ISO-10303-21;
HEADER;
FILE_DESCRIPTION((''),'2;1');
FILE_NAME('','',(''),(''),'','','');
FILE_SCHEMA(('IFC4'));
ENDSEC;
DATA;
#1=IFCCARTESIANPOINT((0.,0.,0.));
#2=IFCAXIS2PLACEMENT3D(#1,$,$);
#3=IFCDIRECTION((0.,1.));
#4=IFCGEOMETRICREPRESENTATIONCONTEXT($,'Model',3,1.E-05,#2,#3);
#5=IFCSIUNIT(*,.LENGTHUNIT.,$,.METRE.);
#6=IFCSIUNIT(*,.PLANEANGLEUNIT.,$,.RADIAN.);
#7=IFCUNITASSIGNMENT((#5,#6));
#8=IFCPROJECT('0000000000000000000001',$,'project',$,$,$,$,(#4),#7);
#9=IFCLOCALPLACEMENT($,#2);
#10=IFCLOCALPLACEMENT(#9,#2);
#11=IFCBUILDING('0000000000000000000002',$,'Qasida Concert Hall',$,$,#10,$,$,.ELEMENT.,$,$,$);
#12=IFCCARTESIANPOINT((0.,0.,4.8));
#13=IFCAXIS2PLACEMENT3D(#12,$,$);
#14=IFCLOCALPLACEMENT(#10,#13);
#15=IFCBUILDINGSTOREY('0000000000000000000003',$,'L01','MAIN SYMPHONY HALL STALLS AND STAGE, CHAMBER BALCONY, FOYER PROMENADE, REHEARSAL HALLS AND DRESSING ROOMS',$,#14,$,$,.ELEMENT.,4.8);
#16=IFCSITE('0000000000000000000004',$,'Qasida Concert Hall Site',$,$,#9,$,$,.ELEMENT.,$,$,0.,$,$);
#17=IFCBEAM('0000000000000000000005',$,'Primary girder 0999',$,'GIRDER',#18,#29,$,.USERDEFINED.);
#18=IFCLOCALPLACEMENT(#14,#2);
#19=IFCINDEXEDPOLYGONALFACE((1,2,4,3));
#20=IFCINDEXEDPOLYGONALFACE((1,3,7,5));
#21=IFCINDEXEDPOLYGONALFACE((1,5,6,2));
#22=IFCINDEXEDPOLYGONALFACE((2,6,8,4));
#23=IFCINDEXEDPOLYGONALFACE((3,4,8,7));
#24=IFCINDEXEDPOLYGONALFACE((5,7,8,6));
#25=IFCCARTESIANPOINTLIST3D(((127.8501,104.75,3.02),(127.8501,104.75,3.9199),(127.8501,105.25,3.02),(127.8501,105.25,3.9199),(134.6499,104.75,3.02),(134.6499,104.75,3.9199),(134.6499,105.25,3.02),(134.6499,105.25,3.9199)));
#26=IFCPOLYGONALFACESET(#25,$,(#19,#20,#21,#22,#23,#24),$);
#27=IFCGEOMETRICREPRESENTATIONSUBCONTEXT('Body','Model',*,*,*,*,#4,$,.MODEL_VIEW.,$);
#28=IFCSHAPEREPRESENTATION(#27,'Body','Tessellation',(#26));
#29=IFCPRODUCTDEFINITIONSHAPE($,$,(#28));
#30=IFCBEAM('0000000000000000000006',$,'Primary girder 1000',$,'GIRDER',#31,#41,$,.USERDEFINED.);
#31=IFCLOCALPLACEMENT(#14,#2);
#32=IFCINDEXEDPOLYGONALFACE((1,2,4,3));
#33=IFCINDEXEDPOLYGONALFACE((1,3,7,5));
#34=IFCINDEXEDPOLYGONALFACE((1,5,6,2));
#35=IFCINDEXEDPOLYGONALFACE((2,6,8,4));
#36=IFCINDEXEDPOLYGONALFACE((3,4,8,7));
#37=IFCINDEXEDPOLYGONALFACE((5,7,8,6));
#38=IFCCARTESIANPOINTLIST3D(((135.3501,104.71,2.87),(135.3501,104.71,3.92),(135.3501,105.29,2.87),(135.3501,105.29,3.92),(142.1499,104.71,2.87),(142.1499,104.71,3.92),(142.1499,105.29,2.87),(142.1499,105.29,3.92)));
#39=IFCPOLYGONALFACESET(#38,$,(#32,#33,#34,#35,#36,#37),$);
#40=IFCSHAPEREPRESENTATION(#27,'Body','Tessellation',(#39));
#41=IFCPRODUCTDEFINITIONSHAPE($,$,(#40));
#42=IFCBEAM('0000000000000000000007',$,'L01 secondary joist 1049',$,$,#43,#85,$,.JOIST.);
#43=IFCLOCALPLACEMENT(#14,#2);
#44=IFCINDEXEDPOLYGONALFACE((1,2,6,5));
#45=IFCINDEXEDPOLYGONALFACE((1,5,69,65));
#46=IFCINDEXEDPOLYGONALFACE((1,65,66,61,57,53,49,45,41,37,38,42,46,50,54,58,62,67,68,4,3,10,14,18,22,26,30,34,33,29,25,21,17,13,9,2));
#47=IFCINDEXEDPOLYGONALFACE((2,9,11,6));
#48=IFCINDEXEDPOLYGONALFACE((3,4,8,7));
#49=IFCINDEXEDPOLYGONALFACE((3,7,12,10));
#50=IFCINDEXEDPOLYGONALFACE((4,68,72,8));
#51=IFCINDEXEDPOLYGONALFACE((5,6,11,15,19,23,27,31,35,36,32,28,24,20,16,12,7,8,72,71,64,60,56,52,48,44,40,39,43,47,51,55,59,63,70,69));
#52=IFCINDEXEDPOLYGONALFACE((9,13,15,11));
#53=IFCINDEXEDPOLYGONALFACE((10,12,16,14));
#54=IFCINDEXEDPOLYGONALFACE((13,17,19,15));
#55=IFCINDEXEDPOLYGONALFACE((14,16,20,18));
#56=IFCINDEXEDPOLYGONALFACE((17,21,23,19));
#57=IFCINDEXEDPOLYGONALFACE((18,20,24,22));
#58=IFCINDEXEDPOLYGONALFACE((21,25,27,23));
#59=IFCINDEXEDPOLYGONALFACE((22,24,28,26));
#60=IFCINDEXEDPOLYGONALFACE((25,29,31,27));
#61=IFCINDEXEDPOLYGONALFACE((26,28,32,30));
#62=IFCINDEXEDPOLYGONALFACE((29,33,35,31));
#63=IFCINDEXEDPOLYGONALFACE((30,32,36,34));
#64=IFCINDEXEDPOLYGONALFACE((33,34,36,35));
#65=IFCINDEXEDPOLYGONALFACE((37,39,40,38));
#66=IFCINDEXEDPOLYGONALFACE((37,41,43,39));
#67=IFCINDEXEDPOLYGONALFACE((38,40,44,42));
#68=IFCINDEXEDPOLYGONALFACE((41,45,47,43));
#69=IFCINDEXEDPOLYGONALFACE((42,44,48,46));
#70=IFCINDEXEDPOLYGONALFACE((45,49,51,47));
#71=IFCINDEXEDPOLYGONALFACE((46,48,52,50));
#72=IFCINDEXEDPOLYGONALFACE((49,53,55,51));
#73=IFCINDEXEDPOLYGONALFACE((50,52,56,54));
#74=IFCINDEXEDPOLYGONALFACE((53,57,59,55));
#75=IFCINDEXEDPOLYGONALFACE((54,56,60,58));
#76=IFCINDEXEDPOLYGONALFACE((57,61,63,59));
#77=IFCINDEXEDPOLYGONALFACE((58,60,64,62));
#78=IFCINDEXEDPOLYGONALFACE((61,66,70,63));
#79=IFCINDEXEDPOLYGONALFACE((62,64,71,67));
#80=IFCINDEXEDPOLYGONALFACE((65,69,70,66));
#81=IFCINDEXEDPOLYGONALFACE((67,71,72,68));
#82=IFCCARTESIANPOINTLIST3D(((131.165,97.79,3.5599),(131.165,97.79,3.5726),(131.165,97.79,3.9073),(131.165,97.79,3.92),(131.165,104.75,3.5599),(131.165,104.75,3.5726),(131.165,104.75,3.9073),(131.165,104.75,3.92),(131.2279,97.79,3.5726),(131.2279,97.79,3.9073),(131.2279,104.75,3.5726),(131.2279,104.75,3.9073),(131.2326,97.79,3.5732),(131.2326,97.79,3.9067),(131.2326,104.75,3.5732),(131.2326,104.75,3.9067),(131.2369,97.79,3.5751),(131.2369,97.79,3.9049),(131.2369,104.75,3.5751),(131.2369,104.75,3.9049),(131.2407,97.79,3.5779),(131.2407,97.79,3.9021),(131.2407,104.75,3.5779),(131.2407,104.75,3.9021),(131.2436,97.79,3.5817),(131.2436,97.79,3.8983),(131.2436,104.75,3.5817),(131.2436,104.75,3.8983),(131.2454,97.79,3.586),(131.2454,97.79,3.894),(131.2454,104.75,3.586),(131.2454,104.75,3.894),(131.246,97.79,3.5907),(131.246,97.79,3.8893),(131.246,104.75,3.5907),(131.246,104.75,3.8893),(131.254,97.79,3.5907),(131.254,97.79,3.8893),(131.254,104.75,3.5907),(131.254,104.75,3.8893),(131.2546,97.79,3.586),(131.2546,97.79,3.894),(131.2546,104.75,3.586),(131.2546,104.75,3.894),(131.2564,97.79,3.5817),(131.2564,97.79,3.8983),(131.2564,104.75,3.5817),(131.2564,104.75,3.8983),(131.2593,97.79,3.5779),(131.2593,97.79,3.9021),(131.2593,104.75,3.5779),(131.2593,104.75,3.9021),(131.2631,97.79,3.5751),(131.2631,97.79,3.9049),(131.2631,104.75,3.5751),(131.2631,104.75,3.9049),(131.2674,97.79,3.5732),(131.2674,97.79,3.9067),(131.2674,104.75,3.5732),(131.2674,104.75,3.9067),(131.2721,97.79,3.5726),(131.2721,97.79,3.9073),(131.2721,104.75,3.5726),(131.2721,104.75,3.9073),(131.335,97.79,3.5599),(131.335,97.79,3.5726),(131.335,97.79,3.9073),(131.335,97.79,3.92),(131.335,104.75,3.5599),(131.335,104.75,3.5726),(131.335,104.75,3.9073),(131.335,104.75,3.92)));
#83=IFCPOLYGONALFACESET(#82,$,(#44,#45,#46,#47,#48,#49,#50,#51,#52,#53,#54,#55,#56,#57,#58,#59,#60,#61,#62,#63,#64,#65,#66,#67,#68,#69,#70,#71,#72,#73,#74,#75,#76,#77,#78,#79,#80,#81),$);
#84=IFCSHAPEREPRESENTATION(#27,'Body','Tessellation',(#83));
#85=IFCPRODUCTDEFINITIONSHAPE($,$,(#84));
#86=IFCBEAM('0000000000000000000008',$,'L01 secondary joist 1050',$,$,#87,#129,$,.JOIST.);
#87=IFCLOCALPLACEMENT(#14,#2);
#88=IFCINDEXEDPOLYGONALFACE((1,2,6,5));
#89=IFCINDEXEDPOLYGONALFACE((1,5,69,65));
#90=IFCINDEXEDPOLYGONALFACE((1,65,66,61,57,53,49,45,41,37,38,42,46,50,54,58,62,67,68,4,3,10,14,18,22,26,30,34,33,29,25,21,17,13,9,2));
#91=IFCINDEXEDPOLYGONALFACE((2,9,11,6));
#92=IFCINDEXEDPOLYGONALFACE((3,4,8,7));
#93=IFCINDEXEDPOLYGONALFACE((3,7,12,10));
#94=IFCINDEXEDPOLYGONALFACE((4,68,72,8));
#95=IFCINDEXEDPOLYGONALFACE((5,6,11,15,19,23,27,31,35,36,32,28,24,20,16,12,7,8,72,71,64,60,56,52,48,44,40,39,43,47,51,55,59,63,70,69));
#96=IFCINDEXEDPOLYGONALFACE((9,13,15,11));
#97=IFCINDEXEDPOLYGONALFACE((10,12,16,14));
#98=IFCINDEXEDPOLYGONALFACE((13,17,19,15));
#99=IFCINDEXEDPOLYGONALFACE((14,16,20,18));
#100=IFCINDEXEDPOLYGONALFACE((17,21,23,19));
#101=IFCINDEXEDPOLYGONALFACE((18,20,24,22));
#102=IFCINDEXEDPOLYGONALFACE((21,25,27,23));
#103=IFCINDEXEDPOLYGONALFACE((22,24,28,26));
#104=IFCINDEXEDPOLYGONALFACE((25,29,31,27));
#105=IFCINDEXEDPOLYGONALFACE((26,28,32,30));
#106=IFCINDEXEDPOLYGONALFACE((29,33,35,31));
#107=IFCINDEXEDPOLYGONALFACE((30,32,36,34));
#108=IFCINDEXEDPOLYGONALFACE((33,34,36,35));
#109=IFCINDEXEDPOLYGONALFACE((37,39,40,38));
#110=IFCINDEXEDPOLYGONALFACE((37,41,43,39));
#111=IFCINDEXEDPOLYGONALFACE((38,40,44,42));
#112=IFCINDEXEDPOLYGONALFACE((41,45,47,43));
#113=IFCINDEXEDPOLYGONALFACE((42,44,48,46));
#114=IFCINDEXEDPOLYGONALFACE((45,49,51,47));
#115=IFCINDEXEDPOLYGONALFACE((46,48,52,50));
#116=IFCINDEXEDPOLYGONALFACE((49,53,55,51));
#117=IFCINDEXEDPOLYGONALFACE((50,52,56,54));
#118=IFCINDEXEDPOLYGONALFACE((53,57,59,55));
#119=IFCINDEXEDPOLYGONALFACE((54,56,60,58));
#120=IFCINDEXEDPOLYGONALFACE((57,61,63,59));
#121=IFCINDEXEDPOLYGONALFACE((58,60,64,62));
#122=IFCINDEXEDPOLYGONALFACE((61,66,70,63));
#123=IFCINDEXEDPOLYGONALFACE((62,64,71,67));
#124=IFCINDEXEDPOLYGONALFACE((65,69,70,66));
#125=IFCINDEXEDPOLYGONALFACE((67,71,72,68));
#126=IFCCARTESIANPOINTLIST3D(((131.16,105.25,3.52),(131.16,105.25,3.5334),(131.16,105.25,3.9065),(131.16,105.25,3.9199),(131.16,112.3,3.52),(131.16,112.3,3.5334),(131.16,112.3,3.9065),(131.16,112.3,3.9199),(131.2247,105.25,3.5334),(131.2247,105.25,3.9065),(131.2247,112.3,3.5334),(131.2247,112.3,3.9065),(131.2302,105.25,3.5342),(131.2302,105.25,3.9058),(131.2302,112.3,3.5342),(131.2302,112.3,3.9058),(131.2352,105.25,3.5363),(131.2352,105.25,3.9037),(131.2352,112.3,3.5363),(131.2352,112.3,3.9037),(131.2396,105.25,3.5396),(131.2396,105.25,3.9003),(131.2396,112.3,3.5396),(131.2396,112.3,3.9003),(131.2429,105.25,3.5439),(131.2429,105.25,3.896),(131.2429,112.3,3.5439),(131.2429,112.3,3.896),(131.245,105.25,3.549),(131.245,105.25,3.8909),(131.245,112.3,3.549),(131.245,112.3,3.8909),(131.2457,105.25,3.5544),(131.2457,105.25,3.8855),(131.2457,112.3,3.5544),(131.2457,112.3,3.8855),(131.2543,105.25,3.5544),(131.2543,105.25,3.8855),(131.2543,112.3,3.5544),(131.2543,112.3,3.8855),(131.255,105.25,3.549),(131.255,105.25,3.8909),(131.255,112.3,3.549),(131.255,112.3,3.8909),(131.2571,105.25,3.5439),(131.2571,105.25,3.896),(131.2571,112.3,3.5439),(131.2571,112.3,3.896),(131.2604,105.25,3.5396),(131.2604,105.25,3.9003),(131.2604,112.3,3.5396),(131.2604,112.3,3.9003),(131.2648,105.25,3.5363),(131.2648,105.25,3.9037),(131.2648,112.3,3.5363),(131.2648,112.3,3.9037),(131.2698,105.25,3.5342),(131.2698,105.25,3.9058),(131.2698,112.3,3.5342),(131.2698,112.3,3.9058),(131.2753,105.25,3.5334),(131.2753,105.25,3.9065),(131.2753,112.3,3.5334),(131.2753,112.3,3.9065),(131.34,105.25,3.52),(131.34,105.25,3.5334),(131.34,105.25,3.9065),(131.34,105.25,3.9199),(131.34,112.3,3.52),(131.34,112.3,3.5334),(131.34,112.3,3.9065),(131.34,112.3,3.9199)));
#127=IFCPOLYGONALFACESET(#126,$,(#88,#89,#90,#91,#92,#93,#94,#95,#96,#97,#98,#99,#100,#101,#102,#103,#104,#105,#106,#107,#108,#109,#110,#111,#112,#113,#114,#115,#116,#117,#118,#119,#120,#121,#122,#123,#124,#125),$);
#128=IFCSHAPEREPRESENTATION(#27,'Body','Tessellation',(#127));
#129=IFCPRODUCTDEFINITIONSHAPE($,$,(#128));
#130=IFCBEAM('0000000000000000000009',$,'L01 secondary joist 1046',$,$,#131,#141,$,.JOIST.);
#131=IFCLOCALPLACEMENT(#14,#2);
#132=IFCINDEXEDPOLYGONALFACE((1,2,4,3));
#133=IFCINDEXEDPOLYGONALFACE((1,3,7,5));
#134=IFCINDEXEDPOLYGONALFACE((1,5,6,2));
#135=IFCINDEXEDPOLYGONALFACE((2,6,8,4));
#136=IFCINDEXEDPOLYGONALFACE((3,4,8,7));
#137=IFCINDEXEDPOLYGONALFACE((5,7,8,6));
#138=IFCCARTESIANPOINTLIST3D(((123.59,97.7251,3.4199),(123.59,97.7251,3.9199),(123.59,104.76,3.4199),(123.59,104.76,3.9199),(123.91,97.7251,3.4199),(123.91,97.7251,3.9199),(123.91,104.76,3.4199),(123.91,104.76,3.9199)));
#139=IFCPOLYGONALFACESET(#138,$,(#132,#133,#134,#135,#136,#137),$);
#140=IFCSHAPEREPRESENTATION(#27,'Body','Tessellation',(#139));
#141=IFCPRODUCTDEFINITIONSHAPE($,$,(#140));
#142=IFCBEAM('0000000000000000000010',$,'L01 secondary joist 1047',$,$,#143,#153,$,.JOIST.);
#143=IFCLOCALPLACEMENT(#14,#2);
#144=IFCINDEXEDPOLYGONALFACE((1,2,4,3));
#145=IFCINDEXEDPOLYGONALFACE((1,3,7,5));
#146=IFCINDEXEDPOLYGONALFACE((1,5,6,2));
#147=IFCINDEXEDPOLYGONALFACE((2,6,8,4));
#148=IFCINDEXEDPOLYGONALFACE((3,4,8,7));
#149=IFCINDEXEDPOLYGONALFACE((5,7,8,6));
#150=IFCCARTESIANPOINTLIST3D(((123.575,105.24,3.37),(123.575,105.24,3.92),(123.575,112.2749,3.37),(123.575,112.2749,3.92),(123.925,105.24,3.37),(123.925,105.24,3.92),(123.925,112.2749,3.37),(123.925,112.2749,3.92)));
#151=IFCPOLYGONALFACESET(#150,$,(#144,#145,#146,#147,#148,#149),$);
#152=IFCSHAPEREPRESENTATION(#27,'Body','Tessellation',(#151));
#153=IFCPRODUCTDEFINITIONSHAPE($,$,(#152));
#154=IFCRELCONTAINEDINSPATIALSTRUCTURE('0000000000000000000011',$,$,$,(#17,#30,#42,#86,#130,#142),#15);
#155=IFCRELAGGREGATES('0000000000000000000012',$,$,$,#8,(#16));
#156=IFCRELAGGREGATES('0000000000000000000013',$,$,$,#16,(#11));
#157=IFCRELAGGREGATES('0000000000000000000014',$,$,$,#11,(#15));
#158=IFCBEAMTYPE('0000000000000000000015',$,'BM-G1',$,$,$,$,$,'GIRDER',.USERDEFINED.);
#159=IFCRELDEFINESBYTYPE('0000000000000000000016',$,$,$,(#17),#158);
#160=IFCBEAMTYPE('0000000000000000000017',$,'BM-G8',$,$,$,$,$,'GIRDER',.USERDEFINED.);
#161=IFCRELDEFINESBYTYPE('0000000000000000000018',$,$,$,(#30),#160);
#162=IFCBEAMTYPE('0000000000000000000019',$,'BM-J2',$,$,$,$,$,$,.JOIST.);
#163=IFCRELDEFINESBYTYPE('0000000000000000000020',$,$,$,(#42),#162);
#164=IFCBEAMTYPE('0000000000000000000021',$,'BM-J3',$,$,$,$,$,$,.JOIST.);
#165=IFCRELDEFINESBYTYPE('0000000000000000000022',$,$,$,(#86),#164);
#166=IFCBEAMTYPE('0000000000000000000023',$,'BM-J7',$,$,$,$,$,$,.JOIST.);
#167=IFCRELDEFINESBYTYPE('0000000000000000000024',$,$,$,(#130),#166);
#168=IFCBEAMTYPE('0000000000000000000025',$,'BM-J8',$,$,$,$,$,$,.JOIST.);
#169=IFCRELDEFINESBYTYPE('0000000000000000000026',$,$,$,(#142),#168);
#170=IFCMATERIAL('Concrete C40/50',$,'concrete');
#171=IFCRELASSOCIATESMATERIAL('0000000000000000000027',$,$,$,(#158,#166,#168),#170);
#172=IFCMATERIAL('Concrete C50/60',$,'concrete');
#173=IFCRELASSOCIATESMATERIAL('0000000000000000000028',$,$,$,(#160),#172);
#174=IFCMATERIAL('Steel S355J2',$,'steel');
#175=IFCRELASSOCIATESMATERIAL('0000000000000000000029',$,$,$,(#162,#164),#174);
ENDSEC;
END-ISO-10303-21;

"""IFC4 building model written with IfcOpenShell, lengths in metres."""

from ifc_helpers import new_model, si_unit, direction, frame, origin, origin_2d, place, context, subcontext, project, spatial, rectangle, i_section, extrude, material, material_profile, profile_set, type_object, element, save


model = new_model("IFC4")

# Units and contexts
model_context = context("Model", 3, precision=1e-05, world=origin(), true_north=direction((0.0, 1.0)))
body_context = subcontext(model_context, "Body", "Model", "MODEL_VIEW")
ifc_project = project(units=[si_unit("LENGTHUNIT", "METRE"), si_unit("PLANEANGLEUNIT", "RADIAN")], contexts=[model_context])

# Site, building, storey
site_placement = place(None, origin())
site = spatial("IfcSite", under=ifc_project, at=site_placement, Name="Qasida Concert Hall Site", CompositionType="ELEMENT", RefElevation=0.0)
building_placement = place(site_placement, origin())
building = spatial("IfcBuilding", under=site, at=building_placement, Name="Qasida Concert Hall", CompositionType="ELEMENT")
storey_placement = place(building_placement, frame((0.0, 0.0, 4.8)))
storey = spatial("IfcBuildingStorey", under=building, at=storey_placement, Name="L01", Description="MAIN SYMPHONY HALL STALLS AND STAGE, CHAMBER BALCONY, FOYER PROMENADE, REHEARSAL HALLS AND DRESSING ROOMS", CompositionType="ELEMENT", Elevation=4.8)

# Shared definitions
ifc_material_1 = material(Name="Concrete C50/60", Category="concrete")

# Beams
ifc_material_2 = material(Name="Concrete C40/50", Category="concrete")
ifc_material_3 = material(Name="Steel S355J2", Category="steel")
ifc_material_profile_1 = material_profile(ifc_material_2, rectangle(XDim=0.5, YDim=0.8999, at=origin_2d()), Name="RC 500x900")
ifc_profile_set_1 = profile_set([ifc_material_profile_1], Name="Concrete C40/50")
beam_type_1 = type_object("IfcBeamType", Name="BM-G1", ElementType="GIRDER", PredefinedType="USERDEFINED", material=ifc_profile_set_1)
beam_1_placement = place(storey_placement, frame((127.8501, 105.0, 3.47), z_axis=(1.0, 0.0, 0.0), x_axis=(0.0, 1.0, 0.0)))
element("IfcBeam", 1, at=beam_1_placement, inside=storey, type_object=beam_type_1, Name="Primary girder 0999", ObjectType="GIRDER", PredefinedType="USERDEFINED", context=body_context, shape_type="SweptSolid", body=[
    extrude(rectangle(XDim=0.5, YDim=0.8999, at=origin_2d()), origin(), (0.0, 0.0, 1.0), 6.7998),
])
ifc_material_profile_2 = material_profile(ifc_material_1, rectangle(XDim=0.5801, YDim=1.05, at=origin_2d()), Name="RC 580x1050")
ifc_profile_set_2 = profile_set([ifc_material_profile_2], Name="Concrete C50/60")
beam_type_2 = type_object("IfcBeamType", Name="BM-G8", ElementType="GIRDER", PredefinedType="USERDEFINED", material=ifc_profile_set_2)
beam_2_placement = place(storey_placement, frame((135.3501, 105.0, 3.395), z_axis=(1.0, 0.0, 0.0), x_axis=(0.0, 1.0, 0.0)))
element("IfcBeam", 2, at=beam_2_placement, inside=storey, type_object=beam_type_2, Name="Primary girder 1000", ObjectType="GIRDER", PredefinedType="USERDEFINED", context=body_context, shape_type="SweptSolid", body=[
    extrude(rectangle(XDim=0.5801, YDim=1.05, at=origin_2d()), origin(), (0.0, 0.0, 1.0), 6.7998),
])
ifc_material_profile_3 = material_profile(ifc_material_3, i_section(OverallWidth=0.1699, OverallDepth=0.3601, WebThickness=0.0081, FlangeThickness=0.0127, FilletRadius=0.0181, at=origin_2d()), Name="IPE 360")
ifc_profile_set_3 = profile_set([ifc_material_profile_3], Name="Steel S355J2")
beam_type_3 = type_object("IfcBeamType", Name="BM-J2", PredefinedType="JOIST", material=ifc_profile_set_3)
beam_3_placement = place(storey_placement, frame((131.25, 97.79, 3.74), z_axis=(0.0, 1.0, 0.0), x_axis=(-1.0, 0.0, 0.0)))
element("IfcBeam", 3, at=beam_3_placement, inside=storey, type_object=beam_type_3, Name="L01 secondary joist 1049", PredefinedType="JOIST", context=body_context, shape_type="SweptSolid", body=[
    extrude(i_section(OverallWidth=0.1699, OverallDepth=0.3601, WebThickness=0.0081, FlangeThickness=0.0127, FilletRadius=0.0181, at=origin_2d()), origin(), (0.0, 0.0, 1.0), 6.96),
])
ifc_material_profile_4 = material_profile(ifc_material_3, i_section(OverallWidth=0.1799, OverallDepth=0.3999, WebThickness=0.0085, FlangeThickness=0.0134, FilletRadius=0.021, at=origin_2d()), Name="IPE 400")
ifc_profile_set_4 = profile_set([ifc_material_profile_4], Name="Steel S355J2")
beam_type_4 = type_object("IfcBeamType", Name="BM-J3", PredefinedType="JOIST", material=ifc_profile_set_4)
beam_4_placement = place(storey_placement, frame((131.25, 105.25, 3.72), z_axis=(0.0, 1.0, 0.0), x_axis=(-1.0, 0.0, 0.0)))
element("IfcBeam", 4, at=beam_4_placement, inside=storey, type_object=beam_type_4, Name="L01 secondary joist 1050", PredefinedType="JOIST", context=body_context, shape_type="SweptSolid", body=[
    extrude(i_section(OverallWidth=0.1799, OverallDepth=0.3999, WebThickness=0.0085, FlangeThickness=0.0134, FilletRadius=0.021, at=origin_2d()), origin(), (0.0, 0.0, 1.0), 7.05),
])
ifc_material_profile_5 = material_profile(ifc_material_2, rectangle(XDim=0.3201, YDim=0.5, at=origin_2d()), Name="RC 320x500")
ifc_profile_set_5 = profile_set([ifc_material_profile_5], Name="Concrete C40/50")
beam_type_5 = type_object("IfcBeamType", Name="BM-J7", PredefinedType="JOIST", material=ifc_profile_set_5)
beam_5_placement = place(storey_placement, frame((123.75, 97.7251, 3.6699), z_axis=(0.0, 1.0, 0.0), x_axis=(-1.0, 0.0, 0.0)))
element("IfcBeam", 5, at=beam_5_placement, inside=storey, type_object=beam_type_5, Name="L01 secondary joist 1046", PredefinedType="JOIST", context=body_context, shape_type="SweptSolid", body=[
    extrude(rectangle(XDim=0.3201, YDim=0.5, at=origin_2d()), origin(), (0.0, 0.0, 1.0), 7.0349),
])
ifc_material_profile_6 = material_profile(ifc_material_2, rectangle(XDim=0.3501, YDim=0.55, at=origin_2d()), Name="RC 350x550")
ifc_profile_set_6 = profile_set([ifc_material_profile_6], Name="Concrete C40/50")
beam_type_6 = type_object("IfcBeamType", Name="BM-J8", PredefinedType="JOIST", material=ifc_profile_set_6)
beam_6_placement = place(storey_placement, frame((123.75, 105.24, 3.645), z_axis=(0.0, 1.0, 0.0), x_axis=(-1.0, 0.0, 0.0)))
element("IfcBeam", 6, at=beam_6_placement, inside=storey, type_object=beam_type_6, Name="L01 secondary joist 1047", PredefinedType="JOIST", context=body_context, shape_type="SweptSolid", body=[
    extrude(rectangle(XDim=0.3501, YDim=0.55, at=origin_2d()), origin(), (0.0, 0.0, 1.0), 7.0349),
])

save(model, "model.ifc")
